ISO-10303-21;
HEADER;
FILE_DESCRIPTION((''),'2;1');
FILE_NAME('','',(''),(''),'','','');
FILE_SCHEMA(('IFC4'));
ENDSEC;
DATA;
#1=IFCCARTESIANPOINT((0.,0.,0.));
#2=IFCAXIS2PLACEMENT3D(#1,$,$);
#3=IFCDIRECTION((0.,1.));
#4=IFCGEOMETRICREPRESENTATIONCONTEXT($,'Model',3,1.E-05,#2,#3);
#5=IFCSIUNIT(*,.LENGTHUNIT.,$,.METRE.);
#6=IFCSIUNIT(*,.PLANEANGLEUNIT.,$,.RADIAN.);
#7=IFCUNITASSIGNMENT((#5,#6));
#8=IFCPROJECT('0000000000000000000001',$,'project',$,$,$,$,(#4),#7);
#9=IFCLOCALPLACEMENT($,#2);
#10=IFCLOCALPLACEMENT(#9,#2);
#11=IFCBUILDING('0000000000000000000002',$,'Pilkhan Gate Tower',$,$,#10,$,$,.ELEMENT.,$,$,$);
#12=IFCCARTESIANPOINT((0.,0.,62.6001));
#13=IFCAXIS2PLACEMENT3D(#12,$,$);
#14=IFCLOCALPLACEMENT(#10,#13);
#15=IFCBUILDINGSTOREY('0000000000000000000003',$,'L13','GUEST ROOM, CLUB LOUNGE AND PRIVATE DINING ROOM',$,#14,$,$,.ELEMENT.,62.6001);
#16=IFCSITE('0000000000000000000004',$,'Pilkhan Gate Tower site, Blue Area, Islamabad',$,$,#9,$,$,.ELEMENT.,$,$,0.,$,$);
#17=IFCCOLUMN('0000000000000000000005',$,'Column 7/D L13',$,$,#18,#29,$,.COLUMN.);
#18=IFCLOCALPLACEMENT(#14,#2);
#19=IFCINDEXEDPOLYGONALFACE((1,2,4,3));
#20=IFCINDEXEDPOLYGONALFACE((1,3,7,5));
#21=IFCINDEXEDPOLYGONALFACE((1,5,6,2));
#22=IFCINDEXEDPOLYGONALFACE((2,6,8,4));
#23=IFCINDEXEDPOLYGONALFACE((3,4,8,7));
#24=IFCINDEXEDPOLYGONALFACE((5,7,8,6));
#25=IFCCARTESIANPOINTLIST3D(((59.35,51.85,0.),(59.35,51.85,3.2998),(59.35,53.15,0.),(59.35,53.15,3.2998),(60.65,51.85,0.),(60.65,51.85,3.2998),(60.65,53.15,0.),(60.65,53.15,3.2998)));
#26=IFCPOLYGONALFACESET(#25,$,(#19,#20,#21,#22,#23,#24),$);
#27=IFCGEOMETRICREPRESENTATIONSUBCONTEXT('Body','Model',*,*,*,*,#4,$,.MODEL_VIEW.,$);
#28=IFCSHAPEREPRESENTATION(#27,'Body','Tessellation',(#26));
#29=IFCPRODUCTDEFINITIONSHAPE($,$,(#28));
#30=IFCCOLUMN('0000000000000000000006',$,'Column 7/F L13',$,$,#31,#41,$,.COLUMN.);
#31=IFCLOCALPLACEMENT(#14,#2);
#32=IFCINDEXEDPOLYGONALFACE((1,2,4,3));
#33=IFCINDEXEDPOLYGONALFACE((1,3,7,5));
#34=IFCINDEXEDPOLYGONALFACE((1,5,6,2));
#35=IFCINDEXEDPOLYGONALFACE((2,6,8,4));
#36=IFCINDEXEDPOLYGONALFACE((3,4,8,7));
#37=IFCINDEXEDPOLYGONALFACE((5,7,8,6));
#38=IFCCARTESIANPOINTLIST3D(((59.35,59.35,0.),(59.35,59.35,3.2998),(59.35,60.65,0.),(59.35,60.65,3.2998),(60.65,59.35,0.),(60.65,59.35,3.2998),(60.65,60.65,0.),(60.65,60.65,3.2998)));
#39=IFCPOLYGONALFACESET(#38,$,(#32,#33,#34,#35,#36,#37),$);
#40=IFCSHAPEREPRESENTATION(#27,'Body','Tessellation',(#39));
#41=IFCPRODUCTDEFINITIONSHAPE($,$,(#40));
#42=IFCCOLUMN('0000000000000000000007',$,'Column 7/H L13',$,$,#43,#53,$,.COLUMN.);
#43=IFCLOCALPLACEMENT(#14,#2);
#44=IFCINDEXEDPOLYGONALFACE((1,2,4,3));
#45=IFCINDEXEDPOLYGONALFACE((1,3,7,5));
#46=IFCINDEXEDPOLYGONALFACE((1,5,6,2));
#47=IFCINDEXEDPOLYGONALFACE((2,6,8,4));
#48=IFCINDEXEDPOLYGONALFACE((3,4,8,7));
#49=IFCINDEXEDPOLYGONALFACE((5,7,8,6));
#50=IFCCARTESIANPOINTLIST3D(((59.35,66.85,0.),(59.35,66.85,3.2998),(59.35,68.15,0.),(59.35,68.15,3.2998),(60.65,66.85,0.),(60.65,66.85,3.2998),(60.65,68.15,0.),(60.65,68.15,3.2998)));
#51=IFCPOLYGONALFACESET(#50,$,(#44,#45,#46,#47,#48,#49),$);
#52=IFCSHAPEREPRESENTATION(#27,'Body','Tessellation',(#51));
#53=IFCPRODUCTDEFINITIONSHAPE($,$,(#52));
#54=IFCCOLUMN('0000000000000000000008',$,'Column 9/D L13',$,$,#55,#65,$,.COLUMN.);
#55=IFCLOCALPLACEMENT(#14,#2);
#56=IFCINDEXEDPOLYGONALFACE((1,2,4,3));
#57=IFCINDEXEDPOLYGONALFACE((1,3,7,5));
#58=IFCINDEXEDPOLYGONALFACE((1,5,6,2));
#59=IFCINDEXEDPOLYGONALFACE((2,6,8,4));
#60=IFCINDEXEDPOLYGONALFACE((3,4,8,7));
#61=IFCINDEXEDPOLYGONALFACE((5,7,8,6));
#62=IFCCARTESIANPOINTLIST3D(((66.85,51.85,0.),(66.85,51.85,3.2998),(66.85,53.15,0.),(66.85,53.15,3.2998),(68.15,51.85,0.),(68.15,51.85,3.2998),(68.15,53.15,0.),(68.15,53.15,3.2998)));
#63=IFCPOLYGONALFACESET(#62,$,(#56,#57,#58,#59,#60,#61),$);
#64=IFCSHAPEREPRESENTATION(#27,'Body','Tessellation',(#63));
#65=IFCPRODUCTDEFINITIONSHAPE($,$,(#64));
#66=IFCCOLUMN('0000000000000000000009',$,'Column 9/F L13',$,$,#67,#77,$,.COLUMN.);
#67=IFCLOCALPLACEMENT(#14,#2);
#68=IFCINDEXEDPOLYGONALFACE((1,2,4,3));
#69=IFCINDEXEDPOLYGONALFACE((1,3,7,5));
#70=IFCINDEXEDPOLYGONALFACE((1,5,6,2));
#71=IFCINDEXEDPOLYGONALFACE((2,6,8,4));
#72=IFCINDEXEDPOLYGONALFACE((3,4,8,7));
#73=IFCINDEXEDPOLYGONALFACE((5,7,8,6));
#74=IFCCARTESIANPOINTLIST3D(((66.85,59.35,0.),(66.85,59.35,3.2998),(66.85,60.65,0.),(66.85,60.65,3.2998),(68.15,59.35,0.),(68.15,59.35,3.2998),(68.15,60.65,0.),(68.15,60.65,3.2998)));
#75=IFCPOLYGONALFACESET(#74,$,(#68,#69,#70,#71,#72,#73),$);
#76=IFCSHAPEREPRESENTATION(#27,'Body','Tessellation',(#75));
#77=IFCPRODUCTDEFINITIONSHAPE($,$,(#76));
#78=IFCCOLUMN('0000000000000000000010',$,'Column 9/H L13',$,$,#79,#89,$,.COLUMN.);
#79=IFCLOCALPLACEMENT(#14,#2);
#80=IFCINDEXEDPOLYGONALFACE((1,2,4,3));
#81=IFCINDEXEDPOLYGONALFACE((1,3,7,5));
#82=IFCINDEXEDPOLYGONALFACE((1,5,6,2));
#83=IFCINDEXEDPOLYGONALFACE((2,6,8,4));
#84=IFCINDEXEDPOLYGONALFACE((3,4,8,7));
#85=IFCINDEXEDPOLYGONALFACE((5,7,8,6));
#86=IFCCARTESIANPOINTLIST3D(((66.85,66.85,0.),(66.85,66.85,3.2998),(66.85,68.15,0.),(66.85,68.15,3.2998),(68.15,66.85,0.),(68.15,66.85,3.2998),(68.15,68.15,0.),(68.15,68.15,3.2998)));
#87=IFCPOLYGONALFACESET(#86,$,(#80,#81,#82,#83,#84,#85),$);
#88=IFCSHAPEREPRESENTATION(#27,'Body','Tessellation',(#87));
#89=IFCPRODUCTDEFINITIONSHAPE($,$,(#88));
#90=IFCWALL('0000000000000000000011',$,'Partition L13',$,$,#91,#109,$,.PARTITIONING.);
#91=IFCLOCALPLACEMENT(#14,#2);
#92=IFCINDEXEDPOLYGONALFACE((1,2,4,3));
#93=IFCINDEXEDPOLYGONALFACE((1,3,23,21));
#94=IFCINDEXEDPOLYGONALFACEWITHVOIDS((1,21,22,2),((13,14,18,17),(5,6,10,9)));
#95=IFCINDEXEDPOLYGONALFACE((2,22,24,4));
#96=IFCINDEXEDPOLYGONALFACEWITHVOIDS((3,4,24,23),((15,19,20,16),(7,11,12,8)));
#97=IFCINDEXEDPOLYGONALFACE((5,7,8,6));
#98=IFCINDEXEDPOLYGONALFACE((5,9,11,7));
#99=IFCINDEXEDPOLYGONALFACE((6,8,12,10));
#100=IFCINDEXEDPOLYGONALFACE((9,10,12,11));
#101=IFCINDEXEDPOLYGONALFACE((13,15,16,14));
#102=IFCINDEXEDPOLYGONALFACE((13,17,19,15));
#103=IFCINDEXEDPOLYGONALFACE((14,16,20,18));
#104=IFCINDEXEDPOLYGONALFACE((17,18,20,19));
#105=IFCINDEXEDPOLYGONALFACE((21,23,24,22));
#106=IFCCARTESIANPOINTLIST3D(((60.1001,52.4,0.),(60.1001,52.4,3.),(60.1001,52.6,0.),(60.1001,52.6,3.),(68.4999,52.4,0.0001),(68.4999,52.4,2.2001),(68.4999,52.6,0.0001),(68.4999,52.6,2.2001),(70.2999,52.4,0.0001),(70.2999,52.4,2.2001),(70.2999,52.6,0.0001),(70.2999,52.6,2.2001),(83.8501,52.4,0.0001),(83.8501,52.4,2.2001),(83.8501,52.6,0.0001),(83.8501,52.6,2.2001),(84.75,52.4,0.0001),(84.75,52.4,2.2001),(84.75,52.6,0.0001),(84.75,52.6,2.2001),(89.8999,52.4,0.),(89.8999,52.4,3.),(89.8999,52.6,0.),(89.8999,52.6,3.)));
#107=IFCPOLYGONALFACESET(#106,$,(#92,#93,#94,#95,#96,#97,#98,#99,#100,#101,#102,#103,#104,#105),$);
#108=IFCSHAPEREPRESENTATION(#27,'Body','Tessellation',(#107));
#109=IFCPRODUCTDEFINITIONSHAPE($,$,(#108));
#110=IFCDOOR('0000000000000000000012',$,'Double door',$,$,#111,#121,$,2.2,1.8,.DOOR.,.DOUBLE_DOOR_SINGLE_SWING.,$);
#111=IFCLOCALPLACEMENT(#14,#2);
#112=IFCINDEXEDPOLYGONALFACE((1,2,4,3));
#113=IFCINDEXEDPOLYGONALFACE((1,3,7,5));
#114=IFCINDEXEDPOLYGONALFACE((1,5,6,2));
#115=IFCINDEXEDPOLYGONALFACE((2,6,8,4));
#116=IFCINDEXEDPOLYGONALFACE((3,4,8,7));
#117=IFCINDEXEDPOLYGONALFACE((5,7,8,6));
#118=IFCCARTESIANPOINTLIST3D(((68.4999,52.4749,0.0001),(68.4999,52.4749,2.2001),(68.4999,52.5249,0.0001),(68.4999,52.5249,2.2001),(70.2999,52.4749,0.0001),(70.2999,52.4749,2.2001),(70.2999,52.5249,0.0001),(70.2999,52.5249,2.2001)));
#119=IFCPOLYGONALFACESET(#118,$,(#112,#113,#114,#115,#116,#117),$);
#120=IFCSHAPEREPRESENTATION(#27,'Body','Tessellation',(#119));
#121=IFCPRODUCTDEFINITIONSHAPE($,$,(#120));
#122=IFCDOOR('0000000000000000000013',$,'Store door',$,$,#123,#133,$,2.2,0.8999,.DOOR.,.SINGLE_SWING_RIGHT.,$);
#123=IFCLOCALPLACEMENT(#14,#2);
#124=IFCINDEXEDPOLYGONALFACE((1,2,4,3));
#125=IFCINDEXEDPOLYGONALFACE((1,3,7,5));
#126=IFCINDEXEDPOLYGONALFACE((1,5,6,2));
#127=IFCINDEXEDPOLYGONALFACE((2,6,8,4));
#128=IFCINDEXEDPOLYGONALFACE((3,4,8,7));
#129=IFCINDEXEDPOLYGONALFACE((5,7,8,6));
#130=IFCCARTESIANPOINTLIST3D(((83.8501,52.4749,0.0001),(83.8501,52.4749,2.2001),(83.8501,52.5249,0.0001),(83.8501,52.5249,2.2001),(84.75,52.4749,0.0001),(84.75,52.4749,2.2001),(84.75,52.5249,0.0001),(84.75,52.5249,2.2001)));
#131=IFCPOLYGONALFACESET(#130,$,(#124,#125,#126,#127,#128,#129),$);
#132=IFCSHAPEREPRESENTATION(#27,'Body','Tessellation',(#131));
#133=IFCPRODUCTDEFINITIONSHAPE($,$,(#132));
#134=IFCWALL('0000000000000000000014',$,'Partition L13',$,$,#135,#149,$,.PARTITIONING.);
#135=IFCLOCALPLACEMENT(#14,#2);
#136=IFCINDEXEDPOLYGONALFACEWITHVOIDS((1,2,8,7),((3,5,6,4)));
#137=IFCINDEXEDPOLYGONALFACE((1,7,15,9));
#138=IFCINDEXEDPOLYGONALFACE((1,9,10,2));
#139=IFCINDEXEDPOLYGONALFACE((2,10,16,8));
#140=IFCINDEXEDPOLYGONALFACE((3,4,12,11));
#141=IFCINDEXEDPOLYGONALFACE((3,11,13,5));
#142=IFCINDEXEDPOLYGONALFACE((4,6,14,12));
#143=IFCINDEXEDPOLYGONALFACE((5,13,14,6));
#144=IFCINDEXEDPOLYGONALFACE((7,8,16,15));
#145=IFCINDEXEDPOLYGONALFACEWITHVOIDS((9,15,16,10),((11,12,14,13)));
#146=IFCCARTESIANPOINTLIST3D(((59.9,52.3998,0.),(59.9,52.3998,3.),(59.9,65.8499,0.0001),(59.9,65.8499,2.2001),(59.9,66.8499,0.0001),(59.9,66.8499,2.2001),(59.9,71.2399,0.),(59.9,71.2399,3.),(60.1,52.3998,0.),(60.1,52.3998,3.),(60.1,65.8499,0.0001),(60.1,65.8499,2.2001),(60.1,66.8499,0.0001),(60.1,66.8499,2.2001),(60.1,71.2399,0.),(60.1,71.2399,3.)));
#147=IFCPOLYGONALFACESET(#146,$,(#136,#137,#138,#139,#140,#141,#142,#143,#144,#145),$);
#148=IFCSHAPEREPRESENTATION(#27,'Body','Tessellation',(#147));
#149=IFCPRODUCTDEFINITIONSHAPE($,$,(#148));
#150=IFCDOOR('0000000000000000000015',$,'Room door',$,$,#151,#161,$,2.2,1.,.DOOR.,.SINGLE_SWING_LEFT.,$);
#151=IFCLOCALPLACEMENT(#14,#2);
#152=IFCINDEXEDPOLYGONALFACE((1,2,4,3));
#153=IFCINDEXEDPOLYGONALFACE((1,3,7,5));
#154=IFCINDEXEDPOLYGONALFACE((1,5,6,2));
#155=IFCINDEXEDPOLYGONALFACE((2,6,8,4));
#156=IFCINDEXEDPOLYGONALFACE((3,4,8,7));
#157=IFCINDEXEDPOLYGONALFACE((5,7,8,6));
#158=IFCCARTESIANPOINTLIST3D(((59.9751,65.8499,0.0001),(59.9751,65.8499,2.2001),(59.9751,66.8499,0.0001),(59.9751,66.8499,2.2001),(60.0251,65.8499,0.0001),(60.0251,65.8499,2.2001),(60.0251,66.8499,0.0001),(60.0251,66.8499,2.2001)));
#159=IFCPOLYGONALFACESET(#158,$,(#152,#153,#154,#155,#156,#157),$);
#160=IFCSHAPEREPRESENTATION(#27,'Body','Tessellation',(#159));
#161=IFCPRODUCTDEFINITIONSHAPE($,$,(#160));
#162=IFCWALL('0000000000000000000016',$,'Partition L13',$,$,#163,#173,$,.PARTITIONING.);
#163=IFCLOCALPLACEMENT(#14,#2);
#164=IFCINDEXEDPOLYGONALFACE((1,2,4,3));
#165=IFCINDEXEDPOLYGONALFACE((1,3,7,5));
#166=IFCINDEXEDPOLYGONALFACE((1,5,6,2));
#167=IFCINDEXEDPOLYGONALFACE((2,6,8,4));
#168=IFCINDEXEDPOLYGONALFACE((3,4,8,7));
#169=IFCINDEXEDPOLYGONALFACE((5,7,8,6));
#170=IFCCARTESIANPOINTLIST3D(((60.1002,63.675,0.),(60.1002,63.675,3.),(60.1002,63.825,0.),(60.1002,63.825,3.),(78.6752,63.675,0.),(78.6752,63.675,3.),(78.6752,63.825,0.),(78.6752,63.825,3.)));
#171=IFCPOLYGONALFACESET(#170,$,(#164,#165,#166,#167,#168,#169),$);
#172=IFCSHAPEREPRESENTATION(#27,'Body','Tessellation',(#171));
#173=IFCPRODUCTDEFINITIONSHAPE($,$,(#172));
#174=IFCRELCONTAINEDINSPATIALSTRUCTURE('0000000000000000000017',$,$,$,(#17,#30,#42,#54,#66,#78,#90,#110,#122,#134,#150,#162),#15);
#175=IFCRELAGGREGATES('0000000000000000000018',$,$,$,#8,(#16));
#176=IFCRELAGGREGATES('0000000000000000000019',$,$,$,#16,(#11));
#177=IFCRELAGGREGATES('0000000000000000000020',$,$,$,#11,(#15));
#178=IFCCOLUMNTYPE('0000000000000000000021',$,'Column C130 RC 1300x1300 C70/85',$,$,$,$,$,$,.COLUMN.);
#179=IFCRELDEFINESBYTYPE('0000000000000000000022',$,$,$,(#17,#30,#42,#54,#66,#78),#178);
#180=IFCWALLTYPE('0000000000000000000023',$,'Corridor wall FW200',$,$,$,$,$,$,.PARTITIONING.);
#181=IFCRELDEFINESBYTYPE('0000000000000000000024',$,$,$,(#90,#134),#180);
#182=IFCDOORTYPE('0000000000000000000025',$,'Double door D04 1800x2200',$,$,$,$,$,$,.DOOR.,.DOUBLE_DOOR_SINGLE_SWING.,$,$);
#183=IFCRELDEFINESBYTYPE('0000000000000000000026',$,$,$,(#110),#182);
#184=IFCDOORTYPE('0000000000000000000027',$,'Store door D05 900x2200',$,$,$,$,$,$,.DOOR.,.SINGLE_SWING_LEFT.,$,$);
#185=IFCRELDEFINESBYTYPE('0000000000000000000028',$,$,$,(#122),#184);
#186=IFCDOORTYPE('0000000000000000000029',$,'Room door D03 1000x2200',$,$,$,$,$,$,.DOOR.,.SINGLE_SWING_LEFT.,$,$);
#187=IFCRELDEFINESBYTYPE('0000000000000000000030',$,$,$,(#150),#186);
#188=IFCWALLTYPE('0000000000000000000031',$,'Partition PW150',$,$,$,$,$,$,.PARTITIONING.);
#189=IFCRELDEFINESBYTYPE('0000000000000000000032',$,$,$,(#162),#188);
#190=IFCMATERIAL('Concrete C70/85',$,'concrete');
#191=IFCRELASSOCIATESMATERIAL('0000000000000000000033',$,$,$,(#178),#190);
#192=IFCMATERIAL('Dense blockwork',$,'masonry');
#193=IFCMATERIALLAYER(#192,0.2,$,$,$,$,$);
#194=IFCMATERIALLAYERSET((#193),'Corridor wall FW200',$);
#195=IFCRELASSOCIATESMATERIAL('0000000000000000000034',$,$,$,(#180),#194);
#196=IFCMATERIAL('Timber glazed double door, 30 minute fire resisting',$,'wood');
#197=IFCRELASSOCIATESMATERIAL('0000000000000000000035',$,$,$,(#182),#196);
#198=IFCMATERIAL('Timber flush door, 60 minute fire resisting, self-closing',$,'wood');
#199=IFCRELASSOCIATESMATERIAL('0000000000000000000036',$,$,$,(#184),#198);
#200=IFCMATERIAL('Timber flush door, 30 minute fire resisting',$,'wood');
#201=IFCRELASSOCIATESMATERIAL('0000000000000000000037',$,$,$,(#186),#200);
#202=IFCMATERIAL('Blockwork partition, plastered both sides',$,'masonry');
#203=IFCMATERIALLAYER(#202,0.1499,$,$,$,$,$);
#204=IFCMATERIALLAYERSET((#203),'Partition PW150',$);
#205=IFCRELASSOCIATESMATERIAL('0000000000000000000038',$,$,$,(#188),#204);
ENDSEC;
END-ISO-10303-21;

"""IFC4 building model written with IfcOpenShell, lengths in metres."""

from ifc_helpers import new_model, si_unit, direction, frame, frame_2d, origin, origin_2d, place, context, subcontext, project, spatial, rectangle, extrude, material, layer, layer_set, material_profile, profile_set, type_object, element, fill, save


model = new_model("IFC4")

# Units and contexts
model_context = context("Model", 3, precision=1e-05, world=origin(), true_north=direction((0.0, 1.0)))
body_context = subcontext(model_context, "Body", "Model", "MODEL_VIEW")
ifc_project = project(units=[si_unit("LENGTHUNIT", "METRE"), si_unit("PLANEANGLEUNIT", "RADIAN")], contexts=[model_context])

# Site, building, storey
site_placement = place(None, origin())
site = spatial("IfcSite", under=ifc_project, at=site_placement, Name="Pilkhan Gate Tower site, Blue Area, Islamabad", CompositionType="ELEMENT", RefElevation=0.0)
building_placement = place(site_placement, origin())
building = spatial("IfcBuilding", under=site, at=building_placement, Name="Pilkhan Gate Tower", CompositionType="ELEMENT")
storey_placement = place(building_placement, frame((0.0, 0.0, 62.6001)))
storey = spatial("IfcBuildingStorey", under=building, at=storey_placement, Name="L13", Description="GUEST ROOM, CLUB LOUNGE AND PRIVATE DINING ROOM", CompositionType="ELEMENT", Elevation=62.6001)

# Columns
ifc_material_1 = material(Name="Concrete C70/85", Category="concrete")
ifc_material_profile = material_profile(ifc_material_1, rectangle(XDim=1.3, YDim=1.3, at=origin_2d()), Name="RC 1300x1300")
ifc_profile_set = profile_set([ifc_material_profile], Name="Concrete C70/85")
column_type = type_object("IfcColumnType", Name="Column C130 RC 1300x1300 C70/85", PredefinedType="COLUMN", material=ifc_profile_set)
for number, where, z_axis, x_axis, name in (
    (1, (60.0, 52.5, 0.0), (0.0, 0.0, 1.0), (1.0, 0.0, 0.0), "Column 7/D L13"),
    (2, (60.0, 60.0, 0.0), (0.0, 0.0, 1.0), (1.0, 0.0, 0.0), "Column 7/F L13"),
    (3, (60.0, 67.5, 0.0), (0.0, 0.0, 1.0), (1.0, 0.0, 0.0), "Column 7/H L13"),
    (4, (67.5, 52.5, 0.0), (0.0, 0.0, 1.0), (1.0, 0.0, 0.0), "Column 9/D L13"),
    (5, (67.5, 60.0, 0.0), (0.0, 0.0, 1.0), (1.0, 0.0, 0.0), "Column 9/F L13"),
    (6, (67.5, 67.5, 0.0), (0.0, 0.0, 1.0), (1.0, 0.0, 0.0), "Column 9/H L13"),
):
    element("IfcColumn", number, at=place(storey_placement, frame(where, z_axis=z_axis, x_axis=x_axis)), inside=storey, type_object=column_type, Name=name, PredefinedType="COLUMN", context=body_context, shape_type="SweptSolid", body=[
        extrude(rectangle(XDim=1.3, YDim=1.3, at=origin_2d()), origin(), (0.0, 0.0, 1.0), 3.2998),
    ])

# Wall, openings, doors
ifc_material_2 = material(Name="Dense blockwork", Category="masonry")
ifc_layer_1 = layer(ifc_material_2, 0.2)
ifc_layer_set_1 = layer_set([ifc_layer_1], Name="Corridor wall FW200")
wall_type_1 = type_object("IfcWallType", Name="Corridor wall FW200", PredefinedType="PARTITIONING", material=ifc_layer_set_1)
wall_1_placement = place(storey_placement, frame((60.1001, 52.5, 0.0), z_axis=(0.0, 0.0, 1.0), x_axis=(1.0, 0.0, 0.0)))
wall_1 = element("IfcWall", 7, at=wall_1_placement, inside=storey, type_object=wall_type_1, Name="Partition L13", PredefinedType="PARTITIONING", context=body_context, shape_type="SweptSolid", body=[
    extrude(rectangle(XDim=29.7998, YDim=0.2, at=frame_2d((14.8999, 0.0))), origin(), (0.0, 0.0, 1.0), 3.0),
])
opening_1_placement = place(wall_1_placement, frame((8.3999, 0.0, 0.0)))
opening_1 = element("IfcOpeningElement", 8, at=opening_1_placement, cuts=wall_1, PredefinedType="OPENING", context=body_context, shape_type="SweptSolid", body=[
    extrude(rectangle(XDim=1.8, YDim=2.2, at=frame_2d((0.8999, 1.1001))), frame((0.0, 0.1099, 0.0), z_axis=(0.0, -1.0, 0.0), x_axis=(1.0, 0.0, 0.0)), (0.0, 0.0, 1.0), 0.22),
])
opening_2_placement = place(wall_1_placement, frame((23.75, 0.0, 0.0)))
opening_2 = element("IfcOpeningElement", 9, at=opening_2_placement, cuts=wall_1, PredefinedType="OPENING", context=body_context, shape_type="SweptSolid", body=[
    extrude(rectangle(XDim=0.8999, YDim=2.2, at=frame_2d((0.45, 1.1001))), frame((0.0, 0.1099, 0.0), z_axis=(0.0, -1.0, 0.0), x_axis=(1.0, 0.0, 0.0)), (0.0, 0.0, 1.0), 0.22),
])
ifc_material_3 = material(Name="Timber glazed double door, 30 minute fire resisting", Category="wood")
door_type_1 = type_object("IfcDoorType", Name="Double door D04 1800x2200", OperationType="DOUBLE_DOOR_SINGLE_SWING", PredefinedType="DOOR", material=ifc_material_3)
door_1_placement = place(opening_1_placement, origin())
door_1 = element("IfcDoor", 10, at=door_1_placement, inside=storey, type_object=door_type_1, Name="Double door", OperationType="DOUBLE_DOOR_SINGLE_SWING", OverallHeight=2.2, OverallWidth=1.8, PredefinedType="DOOR", context=body_context, shape_type="SweptSolid", body=[
    extrude(rectangle(XDim=1.8, YDim=2.2, at=frame_2d((0.8999, 1.1001))), frame((0.0, 0.0249, 0.0), z_axis=(0.0, -1.0, 0.0), x_axis=(1.0, 0.0, 0.0)), (0.0, 0.0, 1.0), 0.05),
])
fill(opening_1, door_1)
ifc_material_4 = material(Name="Timber flush door, 60 minute fire resisting, self-closing", Category="wood")
door_type_2 = type_object("IfcDoorType", Name="Store door D05 900x2200", OperationType="SINGLE_SWING_LEFT", PredefinedType="DOOR", material=ifc_material_4)
door_2_placement = place(opening_2_placement, origin())
door_2 = element("IfcDoor", 11, at=door_2_placement, inside=storey, type_object=door_type_2, Name="Store door", OperationType="SINGLE_SWING_RIGHT", OverallHeight=2.2, OverallWidth=0.8999, PredefinedType="DOOR", context=body_context, shape_type="SweptSolid", body=[
    extrude(rectangle(XDim=0.8999, YDim=2.2, at=frame_2d((0.45, 1.1001))), frame((0.0, 0.0249, 0.0), z_axis=(0.0, -1.0, 0.0), x_axis=(1.0, 0.0, 0.0)), (0.0, 0.0, 1.0), 0.05),
])
fill(opening_2, door_2)

# Wall, opening, door
wall_2_placement = place(storey_placement, frame((60.0, 52.3999, 0.0), z_axis=(0.0, 0.0, 1.0), x_axis=(0.0, 1.0, 0.0)))
wall_2 = element("IfcWall", 12, at=wall_2_placement, inside=storey, type_object=wall_type_1, Name="Partition L13", PredefinedType="PARTITIONING", context=body_context, shape_type="SweptSolid", body=[
    extrude(rectangle(XDim=18.8401, YDim=0.2, at=frame_2d((9.4199, 0.0))), origin(), (0.0, 0.0, 1.0), 3.0),
])
opening_3_placement = place(wall_2_placement, frame((13.45, 0.0, 0.0)))
opening_3 = element("IfcOpeningElement", 13, at=opening_3_placement, cuts=wall_2, PredefinedType="OPENING", context=body_context, shape_type="SweptSolid", body=[
    extrude(rectangle(XDim=1.0, YDim=2.2, at=frame_2d((0.5, 1.1001))), frame((0.0, 0.1099, 0.0), z_axis=(0.0, -1.0, 0.0), x_axis=(1.0, 0.0, 0.0)), (0.0, 0.0, 1.0), 0.22),
])
ifc_material_5 = material(Name="Timber flush door, 30 minute fire resisting", Category="wood")
door_type_3 = type_object("IfcDoorType", Name="Room door D03 1000x2200", OperationType="SINGLE_SWING_LEFT", PredefinedType="DOOR", material=ifc_material_5)
door_3_placement = place(opening_3_placement, origin())
door_3 = element("IfcDoor", 14, at=door_3_placement, inside=storey, type_object=door_type_3, Name="Room door", OperationType="SINGLE_SWING_LEFT", OverallHeight=2.2, OverallWidth=1.0, PredefinedType="DOOR", context=body_context, shape_type="SweptSolid", body=[
    extrude(rectangle(XDim=1.0, YDim=2.2, at=frame_2d((0.5, 1.1001))), frame((0.0, 0.0249, 0.0), z_axis=(0.0, -1.0, 0.0), x_axis=(1.0, 0.0, 0.0)), (0.0, 0.0, 1.0), 0.05),
])
fill(opening_3, door_3)

# Wall
ifc_material_6 = material(Name="Blockwork partition, plastered both sides", Category="masonry")
ifc_layer_2 = layer(ifc_material_6, 0.1499)
ifc_layer_set_2 = layer_set([ifc_layer_2], Name="Partition PW150")
wall_type_2 = type_object("IfcWallType", Name="Partition PW150", PredefinedType="PARTITIONING", material=ifc_layer_set_2)
wall_3_placement = place(storey_placement, frame((60.1001, 63.75, 0.0), z_axis=(0.0, 0.0, 1.0), x_axis=(1.0, 0.0, 0.0)))
element("IfcWall", 15, at=wall_3_placement, inside=storey, type_object=wall_type_2, Name="Partition L13", PredefinedType="PARTITIONING", context=body_context, shape_type="SweptSolid", body=[
    extrude(rectangle(XDim=18.575, YDim=0.1499, at=frame_2d((9.2876, 0.0))), origin(), (0.0, 0.0, 1.0), 3.0),
])

save(model, "model.ifc")
